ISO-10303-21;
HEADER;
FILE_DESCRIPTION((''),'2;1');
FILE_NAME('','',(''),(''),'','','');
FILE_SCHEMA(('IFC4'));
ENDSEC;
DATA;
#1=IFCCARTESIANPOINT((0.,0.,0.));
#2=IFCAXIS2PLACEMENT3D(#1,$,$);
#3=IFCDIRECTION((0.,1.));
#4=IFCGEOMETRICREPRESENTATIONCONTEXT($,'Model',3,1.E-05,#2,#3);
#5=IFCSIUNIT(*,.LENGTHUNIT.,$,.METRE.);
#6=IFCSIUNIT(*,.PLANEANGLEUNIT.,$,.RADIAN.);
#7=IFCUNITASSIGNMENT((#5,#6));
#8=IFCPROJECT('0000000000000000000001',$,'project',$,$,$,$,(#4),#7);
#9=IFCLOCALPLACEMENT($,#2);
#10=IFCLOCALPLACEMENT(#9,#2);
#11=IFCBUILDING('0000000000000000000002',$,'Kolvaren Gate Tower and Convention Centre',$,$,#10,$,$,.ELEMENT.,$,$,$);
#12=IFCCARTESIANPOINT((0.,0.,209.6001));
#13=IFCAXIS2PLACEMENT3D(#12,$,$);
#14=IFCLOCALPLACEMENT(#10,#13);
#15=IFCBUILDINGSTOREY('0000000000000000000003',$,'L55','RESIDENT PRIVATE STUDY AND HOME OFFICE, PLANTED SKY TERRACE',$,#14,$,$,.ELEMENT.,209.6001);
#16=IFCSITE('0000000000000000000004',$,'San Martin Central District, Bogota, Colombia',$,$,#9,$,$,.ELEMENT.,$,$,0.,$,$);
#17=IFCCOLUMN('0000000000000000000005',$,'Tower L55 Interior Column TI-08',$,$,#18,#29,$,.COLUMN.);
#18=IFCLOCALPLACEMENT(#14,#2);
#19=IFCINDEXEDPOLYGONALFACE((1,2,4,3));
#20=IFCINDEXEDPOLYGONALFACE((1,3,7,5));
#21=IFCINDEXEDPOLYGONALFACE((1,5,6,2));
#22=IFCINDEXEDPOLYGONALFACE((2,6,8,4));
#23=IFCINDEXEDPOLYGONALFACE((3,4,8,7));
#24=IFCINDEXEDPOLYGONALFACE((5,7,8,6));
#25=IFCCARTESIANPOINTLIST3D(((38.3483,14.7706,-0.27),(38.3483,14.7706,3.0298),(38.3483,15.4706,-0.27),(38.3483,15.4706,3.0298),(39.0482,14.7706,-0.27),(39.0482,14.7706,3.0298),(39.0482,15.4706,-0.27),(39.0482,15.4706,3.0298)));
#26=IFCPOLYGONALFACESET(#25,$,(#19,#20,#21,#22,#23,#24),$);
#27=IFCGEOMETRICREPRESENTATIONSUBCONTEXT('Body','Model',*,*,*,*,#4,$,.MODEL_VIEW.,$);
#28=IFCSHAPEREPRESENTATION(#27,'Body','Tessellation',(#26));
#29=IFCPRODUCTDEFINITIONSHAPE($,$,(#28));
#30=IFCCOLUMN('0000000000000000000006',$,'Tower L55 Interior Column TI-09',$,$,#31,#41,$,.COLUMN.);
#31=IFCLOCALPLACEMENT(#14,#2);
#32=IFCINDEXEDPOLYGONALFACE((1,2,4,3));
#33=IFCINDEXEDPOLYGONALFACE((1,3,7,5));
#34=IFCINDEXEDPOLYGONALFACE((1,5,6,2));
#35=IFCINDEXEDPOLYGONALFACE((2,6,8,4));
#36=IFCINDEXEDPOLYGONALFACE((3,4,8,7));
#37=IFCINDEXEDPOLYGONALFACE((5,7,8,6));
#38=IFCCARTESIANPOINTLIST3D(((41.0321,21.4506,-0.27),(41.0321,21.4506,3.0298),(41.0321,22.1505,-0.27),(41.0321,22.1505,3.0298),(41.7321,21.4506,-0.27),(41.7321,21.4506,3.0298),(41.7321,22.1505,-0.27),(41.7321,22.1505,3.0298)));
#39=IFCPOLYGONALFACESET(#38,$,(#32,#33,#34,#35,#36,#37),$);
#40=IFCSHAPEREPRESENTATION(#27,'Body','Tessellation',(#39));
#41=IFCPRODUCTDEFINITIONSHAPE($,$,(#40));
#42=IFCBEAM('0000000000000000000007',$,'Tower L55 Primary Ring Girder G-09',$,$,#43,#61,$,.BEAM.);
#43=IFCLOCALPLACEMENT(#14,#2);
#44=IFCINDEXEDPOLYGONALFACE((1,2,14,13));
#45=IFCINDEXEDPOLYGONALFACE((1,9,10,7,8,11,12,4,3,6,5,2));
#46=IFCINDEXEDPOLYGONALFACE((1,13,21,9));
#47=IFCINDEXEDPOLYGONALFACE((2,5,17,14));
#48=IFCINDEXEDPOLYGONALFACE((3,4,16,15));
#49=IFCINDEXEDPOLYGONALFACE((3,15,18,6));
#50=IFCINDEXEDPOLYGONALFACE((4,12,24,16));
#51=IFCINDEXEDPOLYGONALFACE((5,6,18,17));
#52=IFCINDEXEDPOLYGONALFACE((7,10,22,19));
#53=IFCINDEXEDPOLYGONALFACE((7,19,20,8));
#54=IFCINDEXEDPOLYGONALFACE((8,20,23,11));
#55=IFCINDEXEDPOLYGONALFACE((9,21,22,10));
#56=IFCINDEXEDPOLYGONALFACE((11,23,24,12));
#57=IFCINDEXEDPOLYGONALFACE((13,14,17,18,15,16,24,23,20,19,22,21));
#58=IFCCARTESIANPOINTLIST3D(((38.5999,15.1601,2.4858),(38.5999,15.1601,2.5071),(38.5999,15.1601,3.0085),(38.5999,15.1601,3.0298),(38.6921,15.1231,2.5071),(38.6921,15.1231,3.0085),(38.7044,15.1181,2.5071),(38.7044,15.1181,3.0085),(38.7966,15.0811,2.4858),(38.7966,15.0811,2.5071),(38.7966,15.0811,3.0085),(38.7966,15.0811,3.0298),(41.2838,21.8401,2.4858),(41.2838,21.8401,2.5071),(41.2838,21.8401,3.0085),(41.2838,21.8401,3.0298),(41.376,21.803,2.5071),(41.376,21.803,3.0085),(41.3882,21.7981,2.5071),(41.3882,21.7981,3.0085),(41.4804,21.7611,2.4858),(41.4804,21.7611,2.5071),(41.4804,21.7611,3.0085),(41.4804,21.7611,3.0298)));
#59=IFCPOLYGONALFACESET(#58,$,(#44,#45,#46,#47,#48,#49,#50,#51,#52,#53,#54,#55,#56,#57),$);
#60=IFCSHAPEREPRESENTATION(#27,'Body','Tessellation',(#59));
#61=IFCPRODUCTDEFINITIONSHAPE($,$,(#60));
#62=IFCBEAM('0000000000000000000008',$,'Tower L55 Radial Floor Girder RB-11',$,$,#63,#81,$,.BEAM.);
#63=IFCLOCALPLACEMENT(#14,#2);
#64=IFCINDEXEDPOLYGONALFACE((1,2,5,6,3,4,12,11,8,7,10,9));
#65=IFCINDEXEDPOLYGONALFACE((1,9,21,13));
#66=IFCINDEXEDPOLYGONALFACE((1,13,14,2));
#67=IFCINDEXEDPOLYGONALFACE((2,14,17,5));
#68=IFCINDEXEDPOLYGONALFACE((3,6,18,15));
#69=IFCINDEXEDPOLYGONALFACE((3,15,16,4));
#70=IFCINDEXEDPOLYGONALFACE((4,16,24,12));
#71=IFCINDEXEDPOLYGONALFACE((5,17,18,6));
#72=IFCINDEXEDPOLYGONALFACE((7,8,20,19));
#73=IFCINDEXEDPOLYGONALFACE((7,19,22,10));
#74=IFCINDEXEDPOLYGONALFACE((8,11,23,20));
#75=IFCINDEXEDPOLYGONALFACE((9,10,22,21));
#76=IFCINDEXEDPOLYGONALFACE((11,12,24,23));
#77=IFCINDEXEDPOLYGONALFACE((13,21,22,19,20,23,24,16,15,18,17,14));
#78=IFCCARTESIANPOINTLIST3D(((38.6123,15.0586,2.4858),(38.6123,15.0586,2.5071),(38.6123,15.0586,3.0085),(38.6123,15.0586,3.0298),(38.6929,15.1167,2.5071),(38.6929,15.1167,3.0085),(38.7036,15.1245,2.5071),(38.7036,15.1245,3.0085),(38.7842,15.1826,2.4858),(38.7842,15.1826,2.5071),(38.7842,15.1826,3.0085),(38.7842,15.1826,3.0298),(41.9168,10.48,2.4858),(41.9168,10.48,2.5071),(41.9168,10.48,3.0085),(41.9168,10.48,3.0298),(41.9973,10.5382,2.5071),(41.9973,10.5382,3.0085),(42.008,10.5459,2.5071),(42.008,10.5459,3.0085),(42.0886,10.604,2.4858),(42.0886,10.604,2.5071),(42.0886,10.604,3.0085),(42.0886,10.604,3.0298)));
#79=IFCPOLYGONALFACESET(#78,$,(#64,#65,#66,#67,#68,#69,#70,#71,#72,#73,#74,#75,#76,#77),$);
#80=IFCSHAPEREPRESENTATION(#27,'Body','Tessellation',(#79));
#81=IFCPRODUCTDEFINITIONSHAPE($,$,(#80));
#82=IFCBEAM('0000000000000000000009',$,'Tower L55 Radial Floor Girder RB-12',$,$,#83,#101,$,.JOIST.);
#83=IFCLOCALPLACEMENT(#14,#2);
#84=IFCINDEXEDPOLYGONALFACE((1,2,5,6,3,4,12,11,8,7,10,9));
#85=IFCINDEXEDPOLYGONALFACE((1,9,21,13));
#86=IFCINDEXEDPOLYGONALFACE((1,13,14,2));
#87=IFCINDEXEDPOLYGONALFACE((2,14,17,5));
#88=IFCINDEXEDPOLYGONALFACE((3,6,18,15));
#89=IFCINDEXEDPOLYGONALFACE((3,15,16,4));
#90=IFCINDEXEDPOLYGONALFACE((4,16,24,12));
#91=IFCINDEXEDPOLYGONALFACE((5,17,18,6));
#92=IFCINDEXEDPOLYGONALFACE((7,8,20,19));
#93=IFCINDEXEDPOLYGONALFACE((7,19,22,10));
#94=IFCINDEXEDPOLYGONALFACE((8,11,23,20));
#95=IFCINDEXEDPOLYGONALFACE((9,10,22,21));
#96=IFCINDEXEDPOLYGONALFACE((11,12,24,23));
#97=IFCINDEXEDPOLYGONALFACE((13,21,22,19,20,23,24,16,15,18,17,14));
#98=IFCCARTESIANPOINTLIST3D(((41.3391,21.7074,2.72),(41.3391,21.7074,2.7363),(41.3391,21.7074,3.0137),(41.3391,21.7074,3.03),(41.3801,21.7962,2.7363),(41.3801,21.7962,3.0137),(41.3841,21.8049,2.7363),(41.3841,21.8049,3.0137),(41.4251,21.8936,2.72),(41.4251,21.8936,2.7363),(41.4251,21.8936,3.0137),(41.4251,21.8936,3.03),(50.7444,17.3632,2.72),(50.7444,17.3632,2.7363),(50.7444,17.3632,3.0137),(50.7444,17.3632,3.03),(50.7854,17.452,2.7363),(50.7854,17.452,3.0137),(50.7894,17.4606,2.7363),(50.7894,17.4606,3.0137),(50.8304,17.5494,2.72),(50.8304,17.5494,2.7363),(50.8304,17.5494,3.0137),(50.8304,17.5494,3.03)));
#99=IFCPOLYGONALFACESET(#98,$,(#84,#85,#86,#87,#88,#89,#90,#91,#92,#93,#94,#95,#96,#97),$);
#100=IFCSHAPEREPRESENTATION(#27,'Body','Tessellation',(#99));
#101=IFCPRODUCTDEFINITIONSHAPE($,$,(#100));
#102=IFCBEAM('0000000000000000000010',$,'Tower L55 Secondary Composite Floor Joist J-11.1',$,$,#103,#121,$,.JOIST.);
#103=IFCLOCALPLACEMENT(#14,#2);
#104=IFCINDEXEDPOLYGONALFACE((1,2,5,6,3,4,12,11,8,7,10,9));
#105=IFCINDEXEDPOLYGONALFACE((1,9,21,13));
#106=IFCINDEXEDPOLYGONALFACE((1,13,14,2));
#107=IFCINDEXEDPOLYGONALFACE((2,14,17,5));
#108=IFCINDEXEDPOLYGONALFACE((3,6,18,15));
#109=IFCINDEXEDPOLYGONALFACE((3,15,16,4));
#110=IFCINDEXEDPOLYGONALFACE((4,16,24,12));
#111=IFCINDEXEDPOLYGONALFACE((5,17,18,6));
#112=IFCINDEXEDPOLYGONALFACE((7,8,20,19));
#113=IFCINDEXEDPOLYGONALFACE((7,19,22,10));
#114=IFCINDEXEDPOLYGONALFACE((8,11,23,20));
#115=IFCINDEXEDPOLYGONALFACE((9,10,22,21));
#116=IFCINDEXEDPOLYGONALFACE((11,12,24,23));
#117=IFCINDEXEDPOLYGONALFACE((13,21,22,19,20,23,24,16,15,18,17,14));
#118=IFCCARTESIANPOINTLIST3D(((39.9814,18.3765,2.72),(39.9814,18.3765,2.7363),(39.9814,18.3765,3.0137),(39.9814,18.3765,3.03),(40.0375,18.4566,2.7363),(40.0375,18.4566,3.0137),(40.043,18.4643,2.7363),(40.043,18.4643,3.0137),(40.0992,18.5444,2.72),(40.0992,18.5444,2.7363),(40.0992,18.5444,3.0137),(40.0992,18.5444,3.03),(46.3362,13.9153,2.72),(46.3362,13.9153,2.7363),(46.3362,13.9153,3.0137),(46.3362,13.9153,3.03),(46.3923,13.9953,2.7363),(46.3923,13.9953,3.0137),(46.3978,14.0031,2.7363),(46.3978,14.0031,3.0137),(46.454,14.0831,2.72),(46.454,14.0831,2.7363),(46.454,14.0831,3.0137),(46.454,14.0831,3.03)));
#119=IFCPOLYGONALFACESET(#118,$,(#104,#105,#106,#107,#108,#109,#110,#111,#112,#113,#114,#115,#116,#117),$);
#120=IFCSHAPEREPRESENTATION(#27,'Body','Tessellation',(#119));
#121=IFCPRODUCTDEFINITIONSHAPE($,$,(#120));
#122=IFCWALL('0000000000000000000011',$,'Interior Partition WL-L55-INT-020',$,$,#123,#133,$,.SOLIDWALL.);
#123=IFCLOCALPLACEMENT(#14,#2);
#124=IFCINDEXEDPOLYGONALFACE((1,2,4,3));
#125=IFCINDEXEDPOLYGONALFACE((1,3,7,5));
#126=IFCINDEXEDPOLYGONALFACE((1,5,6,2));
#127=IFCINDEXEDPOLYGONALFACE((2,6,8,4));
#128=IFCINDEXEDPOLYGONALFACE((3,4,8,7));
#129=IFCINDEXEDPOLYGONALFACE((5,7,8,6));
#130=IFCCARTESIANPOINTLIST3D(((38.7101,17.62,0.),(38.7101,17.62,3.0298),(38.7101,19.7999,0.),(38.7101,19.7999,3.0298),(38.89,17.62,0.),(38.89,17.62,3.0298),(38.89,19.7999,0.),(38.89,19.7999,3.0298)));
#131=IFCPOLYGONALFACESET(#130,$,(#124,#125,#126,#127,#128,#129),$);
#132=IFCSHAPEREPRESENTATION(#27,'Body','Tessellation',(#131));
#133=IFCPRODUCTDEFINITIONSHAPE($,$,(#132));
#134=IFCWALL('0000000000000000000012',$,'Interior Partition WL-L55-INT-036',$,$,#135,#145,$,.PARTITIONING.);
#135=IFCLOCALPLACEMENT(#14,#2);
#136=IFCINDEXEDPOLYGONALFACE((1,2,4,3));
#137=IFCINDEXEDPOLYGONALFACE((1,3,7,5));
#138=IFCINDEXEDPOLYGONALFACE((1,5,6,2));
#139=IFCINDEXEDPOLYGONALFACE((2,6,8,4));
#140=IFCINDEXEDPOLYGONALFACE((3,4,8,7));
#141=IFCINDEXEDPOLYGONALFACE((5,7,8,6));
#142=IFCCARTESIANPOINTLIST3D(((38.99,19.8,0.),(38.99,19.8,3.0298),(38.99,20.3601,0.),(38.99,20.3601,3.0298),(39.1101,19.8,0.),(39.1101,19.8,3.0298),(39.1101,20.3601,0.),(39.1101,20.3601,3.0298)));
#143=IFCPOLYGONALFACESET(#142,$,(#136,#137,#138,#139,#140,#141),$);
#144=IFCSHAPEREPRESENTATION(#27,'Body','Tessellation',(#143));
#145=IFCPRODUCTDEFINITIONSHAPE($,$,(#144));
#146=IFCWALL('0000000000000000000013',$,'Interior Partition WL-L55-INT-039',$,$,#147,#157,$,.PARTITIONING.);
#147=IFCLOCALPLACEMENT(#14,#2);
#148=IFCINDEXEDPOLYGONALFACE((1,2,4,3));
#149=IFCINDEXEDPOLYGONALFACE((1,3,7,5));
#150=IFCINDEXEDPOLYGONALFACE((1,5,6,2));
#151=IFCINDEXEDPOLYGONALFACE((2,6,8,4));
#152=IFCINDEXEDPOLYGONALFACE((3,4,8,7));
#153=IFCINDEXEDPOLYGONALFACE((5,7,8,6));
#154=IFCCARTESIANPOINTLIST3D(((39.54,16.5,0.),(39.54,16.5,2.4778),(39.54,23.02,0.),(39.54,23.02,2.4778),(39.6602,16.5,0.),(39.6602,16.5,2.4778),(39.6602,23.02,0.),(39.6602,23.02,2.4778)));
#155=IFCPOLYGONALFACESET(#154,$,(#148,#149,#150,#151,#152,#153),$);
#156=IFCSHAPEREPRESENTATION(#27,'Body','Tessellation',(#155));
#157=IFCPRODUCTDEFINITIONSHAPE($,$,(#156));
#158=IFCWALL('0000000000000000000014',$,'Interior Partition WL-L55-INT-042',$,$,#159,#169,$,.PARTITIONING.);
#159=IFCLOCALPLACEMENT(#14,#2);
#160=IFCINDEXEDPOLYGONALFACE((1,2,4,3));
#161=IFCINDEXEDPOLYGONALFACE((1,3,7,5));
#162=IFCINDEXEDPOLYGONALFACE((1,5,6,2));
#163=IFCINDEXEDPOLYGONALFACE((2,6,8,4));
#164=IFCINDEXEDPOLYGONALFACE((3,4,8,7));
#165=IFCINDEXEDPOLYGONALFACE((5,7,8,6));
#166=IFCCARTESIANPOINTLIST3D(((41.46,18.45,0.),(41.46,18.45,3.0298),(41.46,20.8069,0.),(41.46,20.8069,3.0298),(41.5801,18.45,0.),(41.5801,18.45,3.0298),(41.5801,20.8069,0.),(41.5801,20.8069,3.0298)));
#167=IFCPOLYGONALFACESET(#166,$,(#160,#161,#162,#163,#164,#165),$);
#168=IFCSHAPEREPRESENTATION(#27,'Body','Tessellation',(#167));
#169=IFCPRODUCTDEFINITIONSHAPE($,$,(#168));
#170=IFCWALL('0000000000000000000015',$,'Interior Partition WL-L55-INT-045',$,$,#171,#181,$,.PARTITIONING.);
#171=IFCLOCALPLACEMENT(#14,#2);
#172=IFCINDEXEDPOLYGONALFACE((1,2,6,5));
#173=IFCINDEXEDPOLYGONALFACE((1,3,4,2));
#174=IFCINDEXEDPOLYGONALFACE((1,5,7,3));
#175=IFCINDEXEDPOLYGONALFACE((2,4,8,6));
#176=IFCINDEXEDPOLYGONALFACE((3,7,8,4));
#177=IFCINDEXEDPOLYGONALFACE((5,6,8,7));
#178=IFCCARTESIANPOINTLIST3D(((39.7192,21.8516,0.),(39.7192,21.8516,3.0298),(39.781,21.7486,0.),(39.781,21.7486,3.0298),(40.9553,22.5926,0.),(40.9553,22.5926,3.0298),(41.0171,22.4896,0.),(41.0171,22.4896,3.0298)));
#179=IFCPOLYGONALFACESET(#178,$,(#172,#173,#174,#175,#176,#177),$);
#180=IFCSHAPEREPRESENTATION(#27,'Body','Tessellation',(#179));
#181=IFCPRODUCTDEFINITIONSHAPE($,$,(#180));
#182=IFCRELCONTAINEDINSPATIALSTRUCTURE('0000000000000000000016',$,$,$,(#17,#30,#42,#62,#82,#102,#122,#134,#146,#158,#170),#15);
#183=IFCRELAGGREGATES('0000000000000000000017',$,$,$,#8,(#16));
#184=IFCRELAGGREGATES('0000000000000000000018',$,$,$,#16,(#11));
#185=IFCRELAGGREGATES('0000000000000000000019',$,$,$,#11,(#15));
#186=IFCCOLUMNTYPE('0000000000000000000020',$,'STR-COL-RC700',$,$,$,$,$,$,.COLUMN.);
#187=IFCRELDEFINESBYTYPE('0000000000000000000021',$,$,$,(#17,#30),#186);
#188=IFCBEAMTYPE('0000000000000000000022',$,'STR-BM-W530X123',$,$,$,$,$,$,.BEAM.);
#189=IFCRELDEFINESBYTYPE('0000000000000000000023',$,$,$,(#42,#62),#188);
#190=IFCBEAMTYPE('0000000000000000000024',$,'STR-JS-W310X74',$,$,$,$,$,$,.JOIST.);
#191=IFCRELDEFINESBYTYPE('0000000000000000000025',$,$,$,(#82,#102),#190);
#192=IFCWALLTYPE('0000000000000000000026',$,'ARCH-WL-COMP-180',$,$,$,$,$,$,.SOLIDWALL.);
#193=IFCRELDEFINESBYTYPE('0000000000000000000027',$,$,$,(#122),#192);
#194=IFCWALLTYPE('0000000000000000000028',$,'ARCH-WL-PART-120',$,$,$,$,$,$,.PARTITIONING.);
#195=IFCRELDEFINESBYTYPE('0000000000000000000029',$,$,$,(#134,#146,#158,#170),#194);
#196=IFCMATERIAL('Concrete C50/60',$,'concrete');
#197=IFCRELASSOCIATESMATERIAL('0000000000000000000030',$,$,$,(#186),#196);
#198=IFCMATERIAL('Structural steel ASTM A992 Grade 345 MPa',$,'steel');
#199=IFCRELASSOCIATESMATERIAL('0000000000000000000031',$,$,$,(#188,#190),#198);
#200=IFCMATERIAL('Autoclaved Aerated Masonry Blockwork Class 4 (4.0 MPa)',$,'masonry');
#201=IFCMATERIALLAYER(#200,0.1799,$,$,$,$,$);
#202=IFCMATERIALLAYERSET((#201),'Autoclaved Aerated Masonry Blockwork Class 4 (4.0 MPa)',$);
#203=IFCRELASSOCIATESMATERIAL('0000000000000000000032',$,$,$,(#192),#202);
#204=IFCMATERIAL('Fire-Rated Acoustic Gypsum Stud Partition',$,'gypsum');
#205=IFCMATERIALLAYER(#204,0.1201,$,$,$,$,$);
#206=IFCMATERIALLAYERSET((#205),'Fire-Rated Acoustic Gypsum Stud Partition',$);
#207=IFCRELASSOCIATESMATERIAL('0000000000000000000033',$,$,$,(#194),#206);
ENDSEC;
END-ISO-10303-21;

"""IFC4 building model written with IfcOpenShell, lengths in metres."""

from ifc_helpers import new_model, si_unit, direction, frame, frame_2d, origin, origin_2d, place, context, subcontext, project, spatial, rectangle, i_section, extrude, material, layer, layer_set, material_profile, profile_set, type_object, element, save


model = new_model("IFC4")

# Units and contexts
model_context = context("Model", 3, precision=1e-05, world=origin(), true_north=direction((0.0, 1.0)))
body_context = subcontext(model_context, "Body", "Model", "MODEL_VIEW")
ifc_project = project(units=[si_unit("LENGTHUNIT", "METRE"), si_unit("PLANEANGLEUNIT", "RADIAN")], contexts=[model_context])

# Site, building, storey
site_placement = place(None, origin())
site = spatial("IfcSite", under=ifc_project, at=site_placement, Name="San Martin Central District, Bogota, Colombia", CompositionType="ELEMENT", RefElevation=0.0)
building_placement = place(site_placement, origin())
building = spatial("IfcBuilding", under=site, at=building_placement, Name="Kolvaren Gate Tower and Convention Centre", CompositionType="ELEMENT")
storey_placement = place(building_placement, frame((0.0, 0.0, 209.6001)))
storey = spatial("IfcBuildingStorey", under=building, at=storey_placement, Name="L55", Description="RESIDENT PRIVATE STUDY AND HOME OFFICE, PLANTED SKY TERRACE", CompositionType="ELEMENT", Elevation=209.6001)

# Columns
ifc_material_1 = material(Name="Concrete C50/60", Category="concrete")
ifc_material_profile_1 = material_profile(ifc_material_1, rectangle(XDim=0.7, YDim=0.7, at=origin_2d()), Name="RC-COL-700X700")
ifc_profile_set_1 = profile_set([ifc_material_profile_1], Name="Concrete C50/60")
column_type = type_object("IfcColumnType", Name="STR-COL-RC700", PredefinedType="COLUMN", material=ifc_profile_set_1)
for number, where, z_axis, x_axis, name in (
    (1, (38.6982, 15.1206, -0.27), (0.0, 0.0, 1.0), (1.0, 0.0, 0.0), "Tower L55 Interior Column TI-08"),
    (2, (41.3821, 21.8005, -0.27), (0.0, 0.0, 1.0), (1.0, 0.0, 0.0), "Tower L55 Interior Column TI-09"),
):
    element("IfcColumn", number, at=place(storey_placement, frame(where, z_axis=z_axis, x_axis=x_axis)), inside=storey, type_object=column_type, Name=name, PredefinedType="COLUMN", context=body_context, shape_type="SweptSolid", body=[
        extrude(rectangle(XDim=0.7, YDim=0.7, at=origin_2d()), origin(), (0.0, 0.0, 1.0), 3.2998),
    ])

# Beams
ifc_material_2 = material(Name="Structural steel ASTM A992 Grade 345 MPa", Category="steel")
ifc_material_profile_2 = material_profile(ifc_material_2, i_section(OverallWidth=0.2119, OverallDepth=0.5439, WebThickness=0.0132, FlangeThickness=0.0212, at=origin_2d()), Name="W530X123")
ifc_profile_set_2 = profile_set([ifc_material_profile_2], Name="Structural steel ASTM A992 Grade 345 MPa")
beam_type_1 = type_object("IfcBeamType", Name="STR-BM-W530X123", PredefinedType="BEAM", material=ifc_profile_set_2)
beam_1_placement = place(storey_placement, frame((38.6982, 15.1206, 2.7578), z_axis=(0.372811, 0.927907, 0.0), x_axis=(-0.927907, 0.372811, 0.0)))
element("IfcBeam", 3, at=beam_1_placement, inside=storey, type_object=beam_type_1, Name="Tower L55 Primary Ring Girder G-09", PredefinedType="BEAM", context=body_context, shape_type="SweptSolid", body=[
    extrude(i_section(OverallWidth=0.2119, OverallDepth=0.5439, WebThickness=0.0132, FlangeThickness=0.0212, at=origin_2d()), origin(), (0.0, 0.0, 1.0), 7.199),
])
beam_2_placement = place(storey_placement, frame((38.6982, 15.1206, 2.7578), z_axis=(0.585219, -0.810875, 0.0), x_axis=(0.810875, 0.585219, 0.0)))
element("IfcBeam", 4, at=beam_2_placement, inside=storey, type_object=beam_type_1, Name="Tower L55 Radial Floor Girder RB-11", PredefinedType="BEAM", context=body_context, shape_type="SweptSolid", body=[
    extrude(i_section(OverallWidth=0.2119, OverallDepth=0.5439, WebThickness=0.0132, FlangeThickness=0.0212, at=origin_2d()), origin(), (0.0, 0.0, 1.0), 5.6465),
])
ifc_material_profile_3 = material_profile(ifc_material_2, i_section(OverallWidth=0.2051, OverallDepth=0.3101, WebThickness=0.0095, FlangeThickness=0.0164, at=origin_2d()), Name="W310X74")
ifc_profile_set_3 = profile_set([ifc_material_profile_3], Name="Structural steel ASTM A992 Grade 345 MPa")
beam_type_2 = type_object("IfcBeamType", Name="STR-JS-W310X74", PredefinedType="JOIST", material=ifc_profile_set_3)
beam_3_placement = place(storey_placement, frame((41.3821, 21.8005, 2.875), z_axis=(0.907837, -0.419324, 0.0), x_axis=(0.419324, 0.907837, 0.0)))
element("IfcBeam", 5, at=beam_3_placement, inside=storey, type_object=beam_type_2, Name="Tower L55 Radial Floor Girder RB-12", PredefinedType="JOIST", context=body_context, shape_type="SweptSolid", body=[
    extrude(i_section(OverallWidth=0.2051, OverallDepth=0.3101, WebThickness=0.0095, FlangeThickness=0.0164, at=origin_2d()), origin(), (0.0, 0.0, 1.0), 10.3601),
])
beam_4_placement = place(storey_placement, frame((40.0403, 18.4604, 2.875), z_axis=(0.818453, -0.574574, 0.0), x_axis=(0.574574, 0.818453, 0.0)))
element("IfcBeam", 6, at=beam_4_placement, inside=storey, type_object=beam_type_2, Name="Tower L55 Secondary Composite Floor Joist J-11.1", PredefinedType="JOIST", context=body_context, shape_type="SweptSolid", body=[
    extrude(i_section(OverallWidth=0.2051, OverallDepth=0.3101, WebThickness=0.0095, FlangeThickness=0.0164, at=origin_2d()), origin(), (0.0, 0.0, 1.0), 7.7644),
])

# Walls
ifc_material_3 = material(Name="Autoclaved Aerated Masonry Blockwork Class 4 (4.0 MPa)", Category="masonry")
ifc_layer_1 = layer(ifc_material_3, 0.1799)
ifc_layer_set_1 = layer_set([ifc_layer_1], Name="Autoclaved Aerated Masonry Blockwork Class 4 (4.0 MPa)")
wall_type_1 = type_object("IfcWallType", Name="ARCH-WL-COMP-180", PredefinedType="SOLIDWALL", material=ifc_layer_set_1)
wall_1_placement = place(storey_placement, frame((38.8, 17.6201, 0.0), z_axis=(0.0, 0.0, 1.0), x_axis=(0.0, 1.0, 0.0)))
element("IfcWall", 7, at=wall_1_placement, inside=storey, type_object=wall_type_1, Name="Interior Partition WL-L55-INT-020", PredefinedType="SOLIDWALL", context=body_context, shape_type="SweptSolid", body=[
    extrude(rectangle(XDim=2.1799, YDim=0.1799, at=frame_2d((1.0898, 0.0))), origin(), (0.0, 0.0, 1.0), 3.0298),
])
ifc_material_4 = material(Name="Fire-Rated Acoustic Gypsum Stud Partition", Category="gypsum")
ifc_layer_2 = layer(ifc_material_4, 0.1201)
ifc_layer_set_2 = layer_set([ifc_layer_2], Name="Fire-Rated Acoustic Gypsum Stud Partition")
wall_type_2 = type_object("IfcWallType", Name="ARCH-WL-PART-120", PredefinedType="PARTITIONING", material=ifc_layer_set_2)
wall_2_placement = place(storey_placement, frame((39.05, 19.8, 0.0), z_axis=(0.0, 0.0, 1.0), x_axis=(0.0, 1.0, 0.0)))
element("IfcWall", 8, at=wall_2_placement, inside=storey, type_object=wall_type_2, Name="Interior Partition WL-L55-INT-036", PredefinedType="PARTITIONING", context=body_context, shape_type="SweptSolid", body=[
    extrude(rectangle(XDim=0.5601, YDim=0.1201, at=frame_2d((0.28, 0.0))), origin(), (0.0, 0.0, 1.0), 3.0298),
])
wall_3_placement = place(storey_placement, frame((39.6001, 16.5, 0.0), z_axis=(0.0, 0.0, 1.0), x_axis=(0.0, 1.0, 0.0)))
element("IfcWall", 9, at=wall_3_placement, inside=storey, type_object=wall_type_2, Name="Interior Partition WL-L55-INT-039", PredefinedType="PARTITIONING", context=body_context, shape_type="SweptSolid", body=[
    extrude(rectangle(XDim=6.52, YDim=0.1201, at=frame_2d((3.26, 0.0))), origin(), (0.0, 0.0, 1.0), 2.4778),
])
wall_4_placement = place(storey_placement, frame((41.52, 18.45, 0.0), z_axis=(0.0, 0.0, 1.0), x_axis=(0.0, 1.0, 0.0)))
element("IfcWall", 10, at=wall_4_placement, inside=storey, type_object=wall_type_2, Name="Interior Partition WL-L55-INT-042", PredefinedType="PARTITIONING", context=body_context, shape_type="SweptSolid", body=[
    extrude(rectangle(XDim=2.3569, YDim=0.1201, at=frame_2d((1.1785, 0.0))), origin(), (0.0, 0.0, 1.0), 3.0298),
])
wall_5_placement = place(storey_placement, frame((39.75, 21.8, 0.0), z_axis=(0.0, 0.0, 1.0), x_axis=(0.857702, 0.514147, 0.0)))
element("IfcWall", 11, at=wall_5_placement, inside=storey, type_object=wall_type_2, Name="Interior Partition WL-L55-INT-045", PredefinedType="PARTITIONING", context=body_context, shape_type="SweptSolid", body=[
    extrude(rectangle(XDim=1.4412, YDim=0.1201, at=frame_2d((0.7207, 0.0))), origin(), (0.0, 0.0, 1.0), 3.0298),
])

save(model, "model.ifc")
